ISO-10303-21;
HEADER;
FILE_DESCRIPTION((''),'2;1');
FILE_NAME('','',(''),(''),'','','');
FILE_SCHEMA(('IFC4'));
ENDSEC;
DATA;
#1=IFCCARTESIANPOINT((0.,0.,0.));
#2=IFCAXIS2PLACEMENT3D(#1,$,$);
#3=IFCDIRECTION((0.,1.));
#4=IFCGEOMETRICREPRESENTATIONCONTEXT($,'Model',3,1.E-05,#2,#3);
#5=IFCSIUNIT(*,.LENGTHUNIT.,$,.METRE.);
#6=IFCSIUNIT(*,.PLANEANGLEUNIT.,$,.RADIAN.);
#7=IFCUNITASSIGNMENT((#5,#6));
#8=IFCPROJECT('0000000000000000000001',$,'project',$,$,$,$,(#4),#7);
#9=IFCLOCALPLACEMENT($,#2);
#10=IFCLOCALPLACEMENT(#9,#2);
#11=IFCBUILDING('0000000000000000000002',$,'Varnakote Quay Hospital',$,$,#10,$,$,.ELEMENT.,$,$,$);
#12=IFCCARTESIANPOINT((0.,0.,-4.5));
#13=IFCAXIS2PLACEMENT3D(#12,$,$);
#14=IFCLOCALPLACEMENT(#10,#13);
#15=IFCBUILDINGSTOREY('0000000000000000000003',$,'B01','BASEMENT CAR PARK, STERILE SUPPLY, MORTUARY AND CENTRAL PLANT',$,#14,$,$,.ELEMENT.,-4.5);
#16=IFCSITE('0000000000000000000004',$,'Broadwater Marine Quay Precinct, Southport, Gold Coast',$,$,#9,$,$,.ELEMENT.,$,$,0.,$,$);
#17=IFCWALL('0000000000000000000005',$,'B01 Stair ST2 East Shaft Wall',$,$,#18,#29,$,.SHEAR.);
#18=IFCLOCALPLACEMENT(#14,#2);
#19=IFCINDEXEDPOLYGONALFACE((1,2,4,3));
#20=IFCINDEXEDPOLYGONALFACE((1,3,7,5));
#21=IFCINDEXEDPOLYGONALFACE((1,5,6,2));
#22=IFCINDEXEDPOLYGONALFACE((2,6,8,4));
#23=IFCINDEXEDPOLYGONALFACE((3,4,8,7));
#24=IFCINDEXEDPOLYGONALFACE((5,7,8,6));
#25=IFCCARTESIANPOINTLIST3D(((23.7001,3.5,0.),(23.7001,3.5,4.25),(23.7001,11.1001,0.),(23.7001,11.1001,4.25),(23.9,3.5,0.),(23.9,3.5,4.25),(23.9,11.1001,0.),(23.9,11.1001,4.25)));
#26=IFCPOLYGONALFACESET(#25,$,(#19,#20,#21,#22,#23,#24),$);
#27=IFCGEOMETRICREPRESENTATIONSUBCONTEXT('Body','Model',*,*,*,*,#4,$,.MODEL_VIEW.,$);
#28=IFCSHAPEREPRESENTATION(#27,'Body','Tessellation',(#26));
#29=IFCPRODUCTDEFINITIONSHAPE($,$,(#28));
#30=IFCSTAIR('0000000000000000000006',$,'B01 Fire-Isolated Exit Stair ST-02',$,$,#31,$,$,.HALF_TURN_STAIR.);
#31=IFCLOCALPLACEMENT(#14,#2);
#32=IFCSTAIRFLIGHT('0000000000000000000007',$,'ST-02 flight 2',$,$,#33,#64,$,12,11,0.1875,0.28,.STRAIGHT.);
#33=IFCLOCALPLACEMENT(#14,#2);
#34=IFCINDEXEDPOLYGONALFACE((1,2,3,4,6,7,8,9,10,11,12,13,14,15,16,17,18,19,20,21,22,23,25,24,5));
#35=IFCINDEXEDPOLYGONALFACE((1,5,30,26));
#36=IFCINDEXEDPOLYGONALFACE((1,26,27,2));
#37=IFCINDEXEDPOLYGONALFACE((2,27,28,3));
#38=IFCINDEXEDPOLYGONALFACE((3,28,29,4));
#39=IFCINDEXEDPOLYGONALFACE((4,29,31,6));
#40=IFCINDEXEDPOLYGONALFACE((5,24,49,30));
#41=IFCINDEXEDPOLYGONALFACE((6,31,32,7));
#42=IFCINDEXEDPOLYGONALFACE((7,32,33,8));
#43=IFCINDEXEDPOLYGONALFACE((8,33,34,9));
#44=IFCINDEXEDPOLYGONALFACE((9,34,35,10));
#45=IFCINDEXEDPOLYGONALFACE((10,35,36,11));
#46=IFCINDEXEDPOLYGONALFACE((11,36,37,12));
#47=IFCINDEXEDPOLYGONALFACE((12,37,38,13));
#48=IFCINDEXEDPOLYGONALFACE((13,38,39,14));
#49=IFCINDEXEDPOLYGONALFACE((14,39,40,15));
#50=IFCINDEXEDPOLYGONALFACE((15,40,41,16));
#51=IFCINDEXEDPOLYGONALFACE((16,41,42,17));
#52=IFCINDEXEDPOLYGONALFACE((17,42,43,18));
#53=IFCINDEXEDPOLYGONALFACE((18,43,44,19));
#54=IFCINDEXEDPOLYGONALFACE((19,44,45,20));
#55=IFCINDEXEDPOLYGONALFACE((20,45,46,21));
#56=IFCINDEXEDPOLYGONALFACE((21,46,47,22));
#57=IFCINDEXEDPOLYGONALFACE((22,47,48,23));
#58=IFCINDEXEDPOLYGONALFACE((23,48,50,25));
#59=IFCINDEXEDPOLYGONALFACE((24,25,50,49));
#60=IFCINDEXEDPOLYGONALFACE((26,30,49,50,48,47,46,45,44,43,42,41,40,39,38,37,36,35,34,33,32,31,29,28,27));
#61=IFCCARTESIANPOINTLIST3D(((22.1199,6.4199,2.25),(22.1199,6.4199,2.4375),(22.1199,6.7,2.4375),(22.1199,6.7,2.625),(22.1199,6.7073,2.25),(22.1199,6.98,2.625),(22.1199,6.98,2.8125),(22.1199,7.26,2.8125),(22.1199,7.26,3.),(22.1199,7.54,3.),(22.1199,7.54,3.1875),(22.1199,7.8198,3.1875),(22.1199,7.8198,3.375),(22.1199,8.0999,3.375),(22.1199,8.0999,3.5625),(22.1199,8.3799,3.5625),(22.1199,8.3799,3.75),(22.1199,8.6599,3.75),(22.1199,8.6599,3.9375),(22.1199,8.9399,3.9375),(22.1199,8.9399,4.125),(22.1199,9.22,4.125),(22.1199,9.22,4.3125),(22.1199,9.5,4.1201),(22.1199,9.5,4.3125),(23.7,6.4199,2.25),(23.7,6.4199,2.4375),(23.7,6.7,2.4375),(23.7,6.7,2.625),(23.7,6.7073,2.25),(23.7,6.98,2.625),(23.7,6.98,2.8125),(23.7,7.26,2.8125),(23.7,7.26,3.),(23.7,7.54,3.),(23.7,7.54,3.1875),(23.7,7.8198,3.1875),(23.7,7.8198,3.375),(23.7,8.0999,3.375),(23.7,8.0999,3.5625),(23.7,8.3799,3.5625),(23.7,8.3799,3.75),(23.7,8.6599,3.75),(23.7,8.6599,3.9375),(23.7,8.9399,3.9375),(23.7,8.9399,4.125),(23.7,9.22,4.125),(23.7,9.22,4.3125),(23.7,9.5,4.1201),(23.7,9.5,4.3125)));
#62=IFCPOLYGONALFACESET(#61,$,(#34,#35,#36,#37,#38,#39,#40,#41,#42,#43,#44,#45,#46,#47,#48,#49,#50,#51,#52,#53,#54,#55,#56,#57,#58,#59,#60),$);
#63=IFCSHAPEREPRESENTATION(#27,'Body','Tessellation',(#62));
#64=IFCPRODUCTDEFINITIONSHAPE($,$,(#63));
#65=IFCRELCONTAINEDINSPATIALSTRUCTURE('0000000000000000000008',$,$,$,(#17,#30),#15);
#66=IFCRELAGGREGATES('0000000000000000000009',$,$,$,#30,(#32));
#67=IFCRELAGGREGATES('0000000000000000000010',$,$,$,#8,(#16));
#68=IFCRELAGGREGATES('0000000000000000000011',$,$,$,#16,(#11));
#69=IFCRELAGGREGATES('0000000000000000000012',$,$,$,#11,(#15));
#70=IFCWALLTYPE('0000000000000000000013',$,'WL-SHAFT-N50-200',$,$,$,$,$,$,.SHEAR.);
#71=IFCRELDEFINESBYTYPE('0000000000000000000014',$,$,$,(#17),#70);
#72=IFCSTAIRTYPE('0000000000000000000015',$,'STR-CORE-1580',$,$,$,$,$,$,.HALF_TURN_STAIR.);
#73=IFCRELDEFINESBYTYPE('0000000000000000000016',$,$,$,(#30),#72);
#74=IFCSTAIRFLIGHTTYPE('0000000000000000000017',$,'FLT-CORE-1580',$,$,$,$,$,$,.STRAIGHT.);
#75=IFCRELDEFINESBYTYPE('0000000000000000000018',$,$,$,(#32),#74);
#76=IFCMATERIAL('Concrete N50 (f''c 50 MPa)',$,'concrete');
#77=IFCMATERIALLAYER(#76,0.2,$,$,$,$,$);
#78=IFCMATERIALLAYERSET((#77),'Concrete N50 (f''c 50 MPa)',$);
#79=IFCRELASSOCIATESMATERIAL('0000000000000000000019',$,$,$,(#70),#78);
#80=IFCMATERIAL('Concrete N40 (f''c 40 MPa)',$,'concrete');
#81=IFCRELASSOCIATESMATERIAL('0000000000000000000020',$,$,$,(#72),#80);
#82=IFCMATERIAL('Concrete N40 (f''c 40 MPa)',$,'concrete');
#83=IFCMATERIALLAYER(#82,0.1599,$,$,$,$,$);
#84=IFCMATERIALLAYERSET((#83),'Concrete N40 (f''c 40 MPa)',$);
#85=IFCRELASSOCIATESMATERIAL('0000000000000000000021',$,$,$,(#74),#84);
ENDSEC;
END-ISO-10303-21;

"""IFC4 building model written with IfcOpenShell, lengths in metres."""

from ifc_helpers import new_model, si_unit, direction, frame, frame_2d, origin, place, context, subcontext, project, spatial, polyline, rectangle, outline, extrude, material, layer, layer_set, type_object, element, aggregate, save


model = new_model("IFC4")

# Units and contexts
model_context = context("Model", 3, precision=1e-05, world=origin(), true_north=direction((0.0, 1.0)))
body_context = subcontext(model_context, "Body", "Model", "MODEL_VIEW")
ifc_project = project(units=[si_unit("LENGTHUNIT", "METRE"), si_unit("PLANEANGLEUNIT", "RADIAN")], contexts=[model_context])

# Site, building, storey
site_placement = place(None, origin())
site = spatial("IfcSite", under=ifc_project, at=site_placement, Name="Broadwater Marine Quay Precinct, Southport, Gold Coast", CompositionType="ELEMENT", RefElevation=0.0)
building_placement = place(site_placement, origin())
building = spatial("IfcBuilding", under=site, at=building_placement, Name="Varnakote Quay Hospital", CompositionType="ELEMENT")
storey_placement = place(building_placement, frame((0.0, 0.0, -4.5)))
storey = spatial("IfcBuildingStorey", under=building, at=storey_placement, Name="B01", Description="BASEMENT CAR PARK, STERILE SUPPLY, MORTUARY AND CENTRAL PLANT", CompositionType="ELEMENT", Elevation=-4.5)

# Wall
ifc_material_1 = material(Name="Concrete N50 (f'c 50 MPa)", Category="concrete")
ifc_layer_1 = layer(ifc_material_1, 0.2)
ifc_layer_set_1 = layer_set([ifc_layer_1], Name="Concrete N50 (f'c 50 MPa)")
wall_type_1 = type_object("IfcWallType", Name="WL-SHAFT-N50-200", PredefinedType="SHEAR", material=ifc_layer_set_1)
wall_1_placement = place(storey_placement, frame((23.8, 3.5, 0.0), z_axis=(0.0, 0.0, 1.0), x_axis=(0.0, 1.0, 0.0)))
element("IfcWall", 1, at=wall_1_placement, inside=storey, type_object=wall_type_1, Name="B01 Stair ST2 East Shaft Wall", PredefinedType="SHEAR", context=body_context, shape_type="SweptSolid", body=[
    extrude(rectangle(XDim=7.6001, YDim=0.2, at=frame_2d((3.8, 0.0))), origin(), (0.0, 0.0, 1.0), 4.25),
])

# Stair, stair flight
ifc_material_2 = material(Name="Concrete N40 (f'c 40 MPa)", Category="concrete")
stair_type = type_object("IfcStairType", Name="STR-CORE-1580", PredefinedType="HALF_TURN_STAIR", material=ifc_material_2)
stair_placement = place(storey_placement, origin())
stair = element("IfcStair", 2, at=stair_placement, inside=storey, type_object=stair_type, Name="B01 Fire-Isolated Exit Stair ST-02", PredefinedType="HALF_TURN_STAIR")
ifc_material_3 = material(Name="Concrete N40 (f'c 40 MPa)", Category="concrete")
ifc_layer_2 = layer(ifc_material_3, 0.1599)
ifc_layer_set_2 = layer_set([ifc_layer_2], Name="Concrete N40 (f'c 40 MPa)")
stair_flight_type = type_object("IfcStairFlightType", Name="FLT-CORE-1580", PredefinedType="STRAIGHT", material=ifc_layer_set_2)
stair_flight_placement = place(storey_placement, frame((22.9099, 6.4199, 2.25), z_axis=(0.0, 0.0, 1.0), x_axis=(0.0, 1.0, 0.0)))
stair_flight = element("IfcStairFlight", 3, at=stair_flight_placement, type_object=stair_flight_type, Name="ST-02 flight 2", NumberOfRisers=12, NumberOfTreads=11, PredefinedType="STRAIGHT", RiserHeight=0.1875, TreadLength=0.28, context=body_context, shape_type="SweptSolid", body=[
    extrude(outline(polyline([(0.0, 0.0), (0.0, 0.1875), (0.28, 0.1875), (0.28, 0.375), (0.5601, 0.375), (0.5601, 0.5625), (0.8401, 0.5625), (0.8401, 0.75), (1.1201, 0.75), (1.1201, 0.9375), (1.3999, 0.9375), (1.3999, 1.125), (1.6799, 1.125), (1.6799, 1.3125), (1.96, 1.3125), (1.96, 1.5), (2.24, 1.5), (2.24, 1.6875), (2.52, 1.6875), (2.52, 1.875), (2.8, 1.875), (2.8, 2.0625), (3.0801, 2.0625), (3.0801, 2.25), (3.0801, 1.8701), (0.2874, 0.0), (0.0, 0.0)])), frame((0.0, 0.79, 0.0), z_axis=(0.0, -1.0, 0.0), x_axis=(1.0, 0.0, 0.0)), (0.0, 0.0, 1.0), 1.5801),
])
aggregate(stair, [stair_flight])

save(model, "model.ifc")
